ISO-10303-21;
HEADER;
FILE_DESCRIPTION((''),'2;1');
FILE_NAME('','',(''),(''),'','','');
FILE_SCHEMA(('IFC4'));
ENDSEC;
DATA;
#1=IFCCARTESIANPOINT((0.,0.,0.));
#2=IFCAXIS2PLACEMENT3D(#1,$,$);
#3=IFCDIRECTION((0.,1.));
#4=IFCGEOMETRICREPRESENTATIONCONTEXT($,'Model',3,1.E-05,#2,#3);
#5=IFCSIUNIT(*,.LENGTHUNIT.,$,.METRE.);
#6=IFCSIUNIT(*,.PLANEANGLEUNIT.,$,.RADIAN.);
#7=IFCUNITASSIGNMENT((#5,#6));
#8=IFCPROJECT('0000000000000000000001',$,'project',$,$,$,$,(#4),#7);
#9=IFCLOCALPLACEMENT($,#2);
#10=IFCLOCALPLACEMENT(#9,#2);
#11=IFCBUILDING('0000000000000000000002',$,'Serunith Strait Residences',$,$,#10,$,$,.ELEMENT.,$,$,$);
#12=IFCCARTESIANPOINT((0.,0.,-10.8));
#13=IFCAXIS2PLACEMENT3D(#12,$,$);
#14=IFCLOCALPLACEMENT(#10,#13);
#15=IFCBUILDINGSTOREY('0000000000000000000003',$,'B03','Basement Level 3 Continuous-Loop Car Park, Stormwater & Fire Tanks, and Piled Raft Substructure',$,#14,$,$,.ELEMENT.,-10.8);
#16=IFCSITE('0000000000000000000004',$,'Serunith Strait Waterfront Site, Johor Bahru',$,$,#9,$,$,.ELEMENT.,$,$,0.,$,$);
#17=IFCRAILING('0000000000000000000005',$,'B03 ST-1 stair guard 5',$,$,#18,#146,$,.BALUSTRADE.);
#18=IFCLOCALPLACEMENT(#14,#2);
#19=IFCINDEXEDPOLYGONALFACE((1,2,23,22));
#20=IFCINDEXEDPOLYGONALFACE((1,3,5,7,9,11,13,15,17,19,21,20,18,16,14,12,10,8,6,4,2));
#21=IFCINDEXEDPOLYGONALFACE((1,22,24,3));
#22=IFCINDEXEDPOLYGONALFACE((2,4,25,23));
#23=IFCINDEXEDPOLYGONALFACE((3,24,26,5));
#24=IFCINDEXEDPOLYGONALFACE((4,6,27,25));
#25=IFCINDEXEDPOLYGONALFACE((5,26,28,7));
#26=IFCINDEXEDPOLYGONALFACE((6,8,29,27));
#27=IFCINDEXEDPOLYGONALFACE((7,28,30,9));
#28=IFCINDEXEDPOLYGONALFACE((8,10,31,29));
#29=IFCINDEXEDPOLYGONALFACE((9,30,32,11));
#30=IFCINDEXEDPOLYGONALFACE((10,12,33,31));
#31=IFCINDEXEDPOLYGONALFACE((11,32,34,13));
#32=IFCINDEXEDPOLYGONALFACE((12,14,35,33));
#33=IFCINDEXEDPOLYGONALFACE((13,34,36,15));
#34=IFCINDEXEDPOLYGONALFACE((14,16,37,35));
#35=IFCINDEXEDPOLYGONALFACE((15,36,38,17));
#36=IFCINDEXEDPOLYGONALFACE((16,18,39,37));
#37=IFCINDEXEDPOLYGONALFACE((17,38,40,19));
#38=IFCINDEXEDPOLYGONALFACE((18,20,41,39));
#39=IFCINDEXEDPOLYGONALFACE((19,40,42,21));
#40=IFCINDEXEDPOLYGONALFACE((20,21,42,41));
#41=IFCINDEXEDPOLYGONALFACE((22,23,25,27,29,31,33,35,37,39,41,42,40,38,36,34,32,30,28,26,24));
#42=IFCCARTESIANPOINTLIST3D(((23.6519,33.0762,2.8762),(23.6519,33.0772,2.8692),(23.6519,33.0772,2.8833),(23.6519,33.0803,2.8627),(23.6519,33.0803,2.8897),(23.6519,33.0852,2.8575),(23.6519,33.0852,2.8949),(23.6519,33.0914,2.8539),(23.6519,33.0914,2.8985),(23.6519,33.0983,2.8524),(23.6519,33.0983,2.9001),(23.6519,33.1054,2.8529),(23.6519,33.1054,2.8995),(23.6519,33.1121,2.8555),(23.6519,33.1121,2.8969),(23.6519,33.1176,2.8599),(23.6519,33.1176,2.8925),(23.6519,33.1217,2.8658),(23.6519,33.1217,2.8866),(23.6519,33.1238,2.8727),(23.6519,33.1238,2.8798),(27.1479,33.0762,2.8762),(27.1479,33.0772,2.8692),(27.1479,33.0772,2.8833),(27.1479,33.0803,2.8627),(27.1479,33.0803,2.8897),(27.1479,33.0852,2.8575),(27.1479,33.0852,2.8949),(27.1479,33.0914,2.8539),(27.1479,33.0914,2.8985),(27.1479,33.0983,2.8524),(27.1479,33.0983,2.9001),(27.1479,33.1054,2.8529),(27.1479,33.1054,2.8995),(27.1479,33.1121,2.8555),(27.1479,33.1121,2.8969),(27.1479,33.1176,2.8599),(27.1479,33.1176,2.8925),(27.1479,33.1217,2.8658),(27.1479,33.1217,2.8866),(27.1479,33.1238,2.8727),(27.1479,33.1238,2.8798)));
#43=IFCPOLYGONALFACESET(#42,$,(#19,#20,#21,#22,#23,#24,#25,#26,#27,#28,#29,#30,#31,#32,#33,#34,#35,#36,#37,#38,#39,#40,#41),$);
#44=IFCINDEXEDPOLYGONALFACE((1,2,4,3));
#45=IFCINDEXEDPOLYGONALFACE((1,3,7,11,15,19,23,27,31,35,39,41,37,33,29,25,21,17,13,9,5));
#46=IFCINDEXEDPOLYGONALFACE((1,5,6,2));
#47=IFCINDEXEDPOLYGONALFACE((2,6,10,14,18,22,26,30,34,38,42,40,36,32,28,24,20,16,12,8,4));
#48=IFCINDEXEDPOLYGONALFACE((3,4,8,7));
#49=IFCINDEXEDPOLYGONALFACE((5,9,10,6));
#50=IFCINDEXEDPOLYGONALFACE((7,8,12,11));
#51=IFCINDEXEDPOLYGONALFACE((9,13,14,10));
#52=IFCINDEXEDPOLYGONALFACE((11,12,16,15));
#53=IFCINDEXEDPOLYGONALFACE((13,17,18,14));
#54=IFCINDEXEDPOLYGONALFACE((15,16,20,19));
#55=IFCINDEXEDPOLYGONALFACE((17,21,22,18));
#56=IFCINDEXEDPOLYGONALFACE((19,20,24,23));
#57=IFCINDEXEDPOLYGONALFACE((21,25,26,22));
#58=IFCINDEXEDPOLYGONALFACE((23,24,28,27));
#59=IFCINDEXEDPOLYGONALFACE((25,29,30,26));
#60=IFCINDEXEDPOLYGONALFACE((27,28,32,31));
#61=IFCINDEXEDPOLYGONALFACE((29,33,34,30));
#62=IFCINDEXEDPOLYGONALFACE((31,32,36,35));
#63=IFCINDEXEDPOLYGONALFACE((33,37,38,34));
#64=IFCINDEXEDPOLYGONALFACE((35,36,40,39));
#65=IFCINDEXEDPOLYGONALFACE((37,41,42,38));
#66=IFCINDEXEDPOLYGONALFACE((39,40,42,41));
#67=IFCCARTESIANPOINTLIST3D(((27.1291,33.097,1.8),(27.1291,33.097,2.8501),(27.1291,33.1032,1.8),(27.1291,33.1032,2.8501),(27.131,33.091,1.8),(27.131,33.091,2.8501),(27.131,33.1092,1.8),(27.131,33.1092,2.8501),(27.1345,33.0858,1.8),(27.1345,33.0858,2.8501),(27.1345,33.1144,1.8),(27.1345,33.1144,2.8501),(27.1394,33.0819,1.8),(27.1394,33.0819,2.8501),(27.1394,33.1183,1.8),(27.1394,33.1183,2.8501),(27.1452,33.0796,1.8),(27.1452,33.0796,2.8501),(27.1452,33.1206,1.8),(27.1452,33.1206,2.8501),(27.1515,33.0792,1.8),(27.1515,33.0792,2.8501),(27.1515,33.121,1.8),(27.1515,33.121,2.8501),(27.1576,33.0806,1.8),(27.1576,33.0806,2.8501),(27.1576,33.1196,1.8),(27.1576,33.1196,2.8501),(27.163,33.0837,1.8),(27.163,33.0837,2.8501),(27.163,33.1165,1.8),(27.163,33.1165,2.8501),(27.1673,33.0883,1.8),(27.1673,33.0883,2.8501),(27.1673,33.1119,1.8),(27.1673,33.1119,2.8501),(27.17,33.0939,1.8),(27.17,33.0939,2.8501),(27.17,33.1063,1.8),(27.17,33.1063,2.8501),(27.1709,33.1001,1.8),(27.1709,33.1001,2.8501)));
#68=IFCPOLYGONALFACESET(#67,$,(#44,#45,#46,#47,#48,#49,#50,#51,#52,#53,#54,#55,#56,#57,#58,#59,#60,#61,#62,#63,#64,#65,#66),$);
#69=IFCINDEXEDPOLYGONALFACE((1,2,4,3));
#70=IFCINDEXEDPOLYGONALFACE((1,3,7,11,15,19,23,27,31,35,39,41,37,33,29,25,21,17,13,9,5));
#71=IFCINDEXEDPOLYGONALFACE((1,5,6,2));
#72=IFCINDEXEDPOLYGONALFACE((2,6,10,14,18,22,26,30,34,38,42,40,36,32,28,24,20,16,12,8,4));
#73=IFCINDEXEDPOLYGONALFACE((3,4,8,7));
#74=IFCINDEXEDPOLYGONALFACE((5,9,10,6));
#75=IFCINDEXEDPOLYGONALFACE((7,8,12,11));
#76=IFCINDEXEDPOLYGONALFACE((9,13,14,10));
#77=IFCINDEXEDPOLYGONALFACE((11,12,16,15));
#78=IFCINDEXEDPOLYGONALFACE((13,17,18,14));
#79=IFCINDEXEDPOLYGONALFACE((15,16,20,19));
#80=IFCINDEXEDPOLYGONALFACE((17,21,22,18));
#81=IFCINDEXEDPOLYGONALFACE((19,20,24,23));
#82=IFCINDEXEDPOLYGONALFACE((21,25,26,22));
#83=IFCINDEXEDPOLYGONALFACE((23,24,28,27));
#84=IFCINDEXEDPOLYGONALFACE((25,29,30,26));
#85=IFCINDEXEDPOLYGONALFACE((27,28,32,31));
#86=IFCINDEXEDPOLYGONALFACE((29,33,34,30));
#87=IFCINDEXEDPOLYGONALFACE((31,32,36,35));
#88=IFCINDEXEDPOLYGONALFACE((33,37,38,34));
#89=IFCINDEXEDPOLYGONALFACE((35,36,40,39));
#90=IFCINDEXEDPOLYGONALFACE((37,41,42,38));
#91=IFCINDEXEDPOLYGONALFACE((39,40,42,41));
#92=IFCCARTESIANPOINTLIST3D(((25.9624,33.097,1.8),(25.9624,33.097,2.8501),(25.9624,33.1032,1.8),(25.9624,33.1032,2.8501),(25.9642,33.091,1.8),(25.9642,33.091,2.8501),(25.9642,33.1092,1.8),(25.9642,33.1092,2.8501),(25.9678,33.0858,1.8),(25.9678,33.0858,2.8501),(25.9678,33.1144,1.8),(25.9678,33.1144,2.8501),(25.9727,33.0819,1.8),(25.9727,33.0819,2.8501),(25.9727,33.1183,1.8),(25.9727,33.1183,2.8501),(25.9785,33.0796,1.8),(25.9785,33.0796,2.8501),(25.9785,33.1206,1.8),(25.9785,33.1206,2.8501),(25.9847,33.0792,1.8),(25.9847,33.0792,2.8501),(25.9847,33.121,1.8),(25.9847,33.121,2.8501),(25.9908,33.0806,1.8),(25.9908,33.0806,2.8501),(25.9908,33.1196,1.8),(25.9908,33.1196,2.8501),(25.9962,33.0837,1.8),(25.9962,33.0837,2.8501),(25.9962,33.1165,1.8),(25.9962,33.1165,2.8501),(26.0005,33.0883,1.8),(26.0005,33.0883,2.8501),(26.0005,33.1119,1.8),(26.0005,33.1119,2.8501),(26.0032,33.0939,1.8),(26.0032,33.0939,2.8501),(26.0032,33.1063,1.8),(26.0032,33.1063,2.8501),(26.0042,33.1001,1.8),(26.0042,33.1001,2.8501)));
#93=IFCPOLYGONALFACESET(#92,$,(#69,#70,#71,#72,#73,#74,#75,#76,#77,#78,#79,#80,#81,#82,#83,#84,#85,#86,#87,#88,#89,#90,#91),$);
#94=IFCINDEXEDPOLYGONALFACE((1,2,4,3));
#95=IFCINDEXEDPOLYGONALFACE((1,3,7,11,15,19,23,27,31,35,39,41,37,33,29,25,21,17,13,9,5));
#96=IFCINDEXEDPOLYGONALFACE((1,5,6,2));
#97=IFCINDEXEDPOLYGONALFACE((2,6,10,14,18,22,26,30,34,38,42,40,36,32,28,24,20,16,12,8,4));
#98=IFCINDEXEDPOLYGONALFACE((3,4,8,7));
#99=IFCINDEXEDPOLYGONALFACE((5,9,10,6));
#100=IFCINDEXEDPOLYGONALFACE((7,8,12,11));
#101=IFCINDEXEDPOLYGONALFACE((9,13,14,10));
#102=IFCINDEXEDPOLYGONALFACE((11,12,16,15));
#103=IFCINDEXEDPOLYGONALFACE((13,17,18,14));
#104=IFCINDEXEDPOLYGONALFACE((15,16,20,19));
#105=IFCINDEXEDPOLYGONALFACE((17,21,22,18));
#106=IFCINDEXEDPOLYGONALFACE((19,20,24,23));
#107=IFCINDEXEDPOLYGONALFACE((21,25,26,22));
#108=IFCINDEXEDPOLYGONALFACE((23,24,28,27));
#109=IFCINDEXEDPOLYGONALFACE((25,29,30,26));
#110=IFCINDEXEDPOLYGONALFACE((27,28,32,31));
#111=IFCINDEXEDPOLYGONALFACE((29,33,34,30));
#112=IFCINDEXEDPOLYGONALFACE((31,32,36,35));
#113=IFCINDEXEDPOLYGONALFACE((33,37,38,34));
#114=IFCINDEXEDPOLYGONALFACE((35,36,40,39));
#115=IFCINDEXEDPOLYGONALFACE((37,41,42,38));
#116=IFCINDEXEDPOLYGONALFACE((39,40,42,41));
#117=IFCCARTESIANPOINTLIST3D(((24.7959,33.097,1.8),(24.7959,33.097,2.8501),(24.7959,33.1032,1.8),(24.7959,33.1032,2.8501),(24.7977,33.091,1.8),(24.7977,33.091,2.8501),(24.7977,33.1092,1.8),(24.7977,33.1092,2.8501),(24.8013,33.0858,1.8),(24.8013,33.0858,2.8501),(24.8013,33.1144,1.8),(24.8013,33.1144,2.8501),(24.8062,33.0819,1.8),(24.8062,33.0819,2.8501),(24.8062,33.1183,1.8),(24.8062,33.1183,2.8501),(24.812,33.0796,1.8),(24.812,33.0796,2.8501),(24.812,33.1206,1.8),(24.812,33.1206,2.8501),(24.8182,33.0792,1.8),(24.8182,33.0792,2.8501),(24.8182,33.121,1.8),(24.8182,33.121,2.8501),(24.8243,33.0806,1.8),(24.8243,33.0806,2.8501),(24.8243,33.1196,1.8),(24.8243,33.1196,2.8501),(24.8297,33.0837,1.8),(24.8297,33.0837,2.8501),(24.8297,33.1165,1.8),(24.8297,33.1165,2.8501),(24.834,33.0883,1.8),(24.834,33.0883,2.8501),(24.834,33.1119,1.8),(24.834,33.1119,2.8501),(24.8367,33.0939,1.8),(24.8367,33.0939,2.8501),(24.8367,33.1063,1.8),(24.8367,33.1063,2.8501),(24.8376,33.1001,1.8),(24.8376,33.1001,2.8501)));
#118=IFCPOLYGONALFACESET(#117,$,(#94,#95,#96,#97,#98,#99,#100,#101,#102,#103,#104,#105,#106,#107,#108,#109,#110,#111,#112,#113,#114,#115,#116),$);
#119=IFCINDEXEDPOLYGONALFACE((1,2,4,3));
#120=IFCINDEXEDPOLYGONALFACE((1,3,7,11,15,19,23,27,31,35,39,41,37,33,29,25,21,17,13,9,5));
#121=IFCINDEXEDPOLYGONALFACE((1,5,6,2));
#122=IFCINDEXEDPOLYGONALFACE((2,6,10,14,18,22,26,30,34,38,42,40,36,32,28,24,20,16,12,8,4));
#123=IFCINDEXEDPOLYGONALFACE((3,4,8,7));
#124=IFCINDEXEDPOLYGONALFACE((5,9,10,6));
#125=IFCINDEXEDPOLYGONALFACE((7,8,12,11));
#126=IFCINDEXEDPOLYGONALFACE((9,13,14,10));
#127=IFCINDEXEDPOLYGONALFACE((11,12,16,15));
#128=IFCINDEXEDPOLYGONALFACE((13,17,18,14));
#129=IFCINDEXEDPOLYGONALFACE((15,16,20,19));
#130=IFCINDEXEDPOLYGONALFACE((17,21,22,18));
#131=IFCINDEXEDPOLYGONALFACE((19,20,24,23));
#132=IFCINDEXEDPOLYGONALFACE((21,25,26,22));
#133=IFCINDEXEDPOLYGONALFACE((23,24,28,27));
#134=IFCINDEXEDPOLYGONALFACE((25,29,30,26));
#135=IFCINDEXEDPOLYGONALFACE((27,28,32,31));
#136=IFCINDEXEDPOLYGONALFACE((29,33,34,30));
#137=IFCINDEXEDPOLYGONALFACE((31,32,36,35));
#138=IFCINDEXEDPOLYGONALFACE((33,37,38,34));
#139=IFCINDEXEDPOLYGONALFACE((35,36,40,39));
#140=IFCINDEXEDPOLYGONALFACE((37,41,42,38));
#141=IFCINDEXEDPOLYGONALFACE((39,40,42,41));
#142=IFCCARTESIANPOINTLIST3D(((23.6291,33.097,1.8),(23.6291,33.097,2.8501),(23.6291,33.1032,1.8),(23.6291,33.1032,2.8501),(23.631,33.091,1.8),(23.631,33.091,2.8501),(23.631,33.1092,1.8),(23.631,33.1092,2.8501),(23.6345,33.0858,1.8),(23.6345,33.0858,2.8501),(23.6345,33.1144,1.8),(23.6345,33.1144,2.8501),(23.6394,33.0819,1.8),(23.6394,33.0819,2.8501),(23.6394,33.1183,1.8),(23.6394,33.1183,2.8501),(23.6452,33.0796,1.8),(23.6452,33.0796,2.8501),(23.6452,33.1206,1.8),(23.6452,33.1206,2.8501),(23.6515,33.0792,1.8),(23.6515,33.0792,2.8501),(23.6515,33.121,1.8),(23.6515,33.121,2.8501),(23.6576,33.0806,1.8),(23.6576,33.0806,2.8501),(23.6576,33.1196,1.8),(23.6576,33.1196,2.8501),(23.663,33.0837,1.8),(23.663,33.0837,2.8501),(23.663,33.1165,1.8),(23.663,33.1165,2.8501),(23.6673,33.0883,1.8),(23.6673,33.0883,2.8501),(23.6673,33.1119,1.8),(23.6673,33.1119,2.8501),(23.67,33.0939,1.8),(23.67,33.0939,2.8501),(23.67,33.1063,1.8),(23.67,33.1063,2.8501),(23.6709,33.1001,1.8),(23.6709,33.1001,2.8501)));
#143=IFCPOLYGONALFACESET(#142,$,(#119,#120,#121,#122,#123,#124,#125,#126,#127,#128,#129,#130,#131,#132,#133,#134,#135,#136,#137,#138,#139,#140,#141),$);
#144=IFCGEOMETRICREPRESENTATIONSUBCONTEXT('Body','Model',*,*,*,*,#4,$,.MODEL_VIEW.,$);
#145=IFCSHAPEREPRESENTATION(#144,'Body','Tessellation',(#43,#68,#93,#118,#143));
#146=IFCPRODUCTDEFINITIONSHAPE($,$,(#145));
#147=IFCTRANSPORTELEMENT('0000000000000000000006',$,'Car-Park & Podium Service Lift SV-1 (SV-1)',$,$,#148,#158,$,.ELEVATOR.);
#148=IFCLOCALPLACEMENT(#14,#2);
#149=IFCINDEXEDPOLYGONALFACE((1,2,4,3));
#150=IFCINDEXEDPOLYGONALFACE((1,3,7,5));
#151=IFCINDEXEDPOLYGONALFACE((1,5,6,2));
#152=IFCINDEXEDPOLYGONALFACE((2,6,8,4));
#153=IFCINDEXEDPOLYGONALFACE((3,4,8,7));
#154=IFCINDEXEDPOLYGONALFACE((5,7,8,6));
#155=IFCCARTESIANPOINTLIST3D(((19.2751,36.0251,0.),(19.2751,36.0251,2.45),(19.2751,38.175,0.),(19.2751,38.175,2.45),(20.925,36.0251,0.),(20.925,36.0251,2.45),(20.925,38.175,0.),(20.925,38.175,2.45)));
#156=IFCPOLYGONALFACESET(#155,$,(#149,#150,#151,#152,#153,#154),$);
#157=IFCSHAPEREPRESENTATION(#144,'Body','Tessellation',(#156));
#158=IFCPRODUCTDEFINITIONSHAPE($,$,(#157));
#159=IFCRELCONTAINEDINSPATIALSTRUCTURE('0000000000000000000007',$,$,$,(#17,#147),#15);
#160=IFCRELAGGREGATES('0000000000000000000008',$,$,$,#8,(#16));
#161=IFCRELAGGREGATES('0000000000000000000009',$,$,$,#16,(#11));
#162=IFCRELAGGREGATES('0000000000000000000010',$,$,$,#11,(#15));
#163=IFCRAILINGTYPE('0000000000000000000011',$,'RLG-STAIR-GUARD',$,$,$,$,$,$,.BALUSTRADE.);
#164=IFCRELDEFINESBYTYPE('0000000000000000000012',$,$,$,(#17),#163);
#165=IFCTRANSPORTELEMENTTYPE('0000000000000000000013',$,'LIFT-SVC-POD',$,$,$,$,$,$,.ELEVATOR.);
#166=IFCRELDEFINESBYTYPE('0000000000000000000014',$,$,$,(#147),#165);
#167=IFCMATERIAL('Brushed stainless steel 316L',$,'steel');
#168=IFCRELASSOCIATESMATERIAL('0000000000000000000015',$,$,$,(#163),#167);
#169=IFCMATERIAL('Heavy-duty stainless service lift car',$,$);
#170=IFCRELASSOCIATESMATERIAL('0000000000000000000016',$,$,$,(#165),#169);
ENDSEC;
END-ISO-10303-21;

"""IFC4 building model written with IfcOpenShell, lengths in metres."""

from ifc_helpers import new_model, si_unit, direction, frame, origin, origin_2d, place, context, subcontext, project, spatial, rectangle, circle, extrude, source, transform, mapped, material, type_object, element, save


model = new_model("IFC4")

# Units and contexts
model_context = context("Model", 3, precision=1e-05, world=origin(), true_north=direction((0.0, 1.0)))
body_context = subcontext(model_context, "Body", "Model", "MODEL_VIEW")
ifc_project = project(units=[si_unit("LENGTHUNIT", "METRE"), si_unit("PLANEANGLEUNIT", "RADIAN")], contexts=[model_context])

# Site, building, storey
site_placement = place(None, origin())
site = spatial("IfcSite", under=ifc_project, at=site_placement, Name="Serunith Strait Waterfront Site, Johor Bahru", CompositionType="ELEMENT", RefElevation=0.0)
building_placement = place(site_placement, origin())
building = spatial("IfcBuilding", under=site, at=building_placement, Name="Serunith Strait Residences", CompositionType="ELEMENT")
storey_placement = place(building_placement, frame((0.0, 0.0, -10.8)))
storey = spatial("IfcBuildingStorey", under=building, at=storey_placement, Name="B03", Description="Basement Level 3 Continuous-Loop Car Park, Stormwater & Fire Tanks, and Piled Raft Substructure", CompositionType="ELEMENT", Elevation=-10.8)

# Railing
ifc_material_1 = material(Name="Brushed stainless steel 316L", Category="steel")
railing_type = type_object("IfcRailingType", Name="RLG-STAIR-GUARD", PredefinedType="BALUSTRADE", material=ifc_material_1)
railing_placement = place(storey_placement, frame((27.1499, 33.1001, 1.8)))
element("IfcRailing", 1, at=railing_placement, inside=storey, type_object=railing_type, Name="B03 ST-1 stair guard 5", PredefinedType="BALUSTRADE", context=body_context, shape_type="SweptSolid", body=[
    extrude(circle(Radius=0.0239, at=origin_2d()), frame((-0.002, 0.0, 1.0762), z_axis=(-1.0, 0.0, 0.0), x_axis=(0.0, -1.0, 0.0)), (0.0, 0.0, 1.0), 3.4961),
    extrude(circle(Radius=0.021, at=origin_2d()), origin(), (0.0, 0.0, 1.0), 1.05),
    extrude(circle(Radius=0.021, at=origin_2d()), frame((-1.1667, 0.0, 0.0)), (0.0, 0.0, 1.0), 1.05),
    extrude(circle(Radius=0.021, at=origin_2d()), frame((-2.3333, 0.0, 0.0)), (0.0, 0.0, 1.0), 1.05),
    extrude(circle(Radius=0.021, at=origin_2d()), frame((-3.5, 0.0, 0.0)), (0.0, 0.0, 1.0), 1.05),
])

# Transport element
ifc_material_2 = material(Name="Heavy-duty stainless service lift car")
transport_element_type = type_object("IfcTransportElementType", Name="LIFT-SVC-POD", PredefinedType="ELEVATOR", material=ifc_material_2)
shared_shape_1 = source(origin(), body_context, "Body", "SweptSolid", [
    extrude(rectangle(XDim=1.6499, YDim=2.1499, at=origin_2d()), origin(), (0.0, 0.0, 1.0), 2.45),
])
transport_element_placement = place(storey_placement, frame((20.1001, 37.1001, 0.0), z_axis=(0.0, 0.0, 1.0), x_axis=(1.0, 0.0, 0.0)))
element("IfcTransportElement", 2, at=transport_element_placement, inside=storey, type_object=transport_element_type, Name="Car-Park & Podium Service Lift SV-1 (SV-1)", PredefinedType="ELEVATOR", context=body_context, shape_type="MappedRepresentation", body=[
    mapped(shared_shape_1, transform((0.0, 0.0, 0.0), scale=1.0)),
])

save(model, "model.ifc")
